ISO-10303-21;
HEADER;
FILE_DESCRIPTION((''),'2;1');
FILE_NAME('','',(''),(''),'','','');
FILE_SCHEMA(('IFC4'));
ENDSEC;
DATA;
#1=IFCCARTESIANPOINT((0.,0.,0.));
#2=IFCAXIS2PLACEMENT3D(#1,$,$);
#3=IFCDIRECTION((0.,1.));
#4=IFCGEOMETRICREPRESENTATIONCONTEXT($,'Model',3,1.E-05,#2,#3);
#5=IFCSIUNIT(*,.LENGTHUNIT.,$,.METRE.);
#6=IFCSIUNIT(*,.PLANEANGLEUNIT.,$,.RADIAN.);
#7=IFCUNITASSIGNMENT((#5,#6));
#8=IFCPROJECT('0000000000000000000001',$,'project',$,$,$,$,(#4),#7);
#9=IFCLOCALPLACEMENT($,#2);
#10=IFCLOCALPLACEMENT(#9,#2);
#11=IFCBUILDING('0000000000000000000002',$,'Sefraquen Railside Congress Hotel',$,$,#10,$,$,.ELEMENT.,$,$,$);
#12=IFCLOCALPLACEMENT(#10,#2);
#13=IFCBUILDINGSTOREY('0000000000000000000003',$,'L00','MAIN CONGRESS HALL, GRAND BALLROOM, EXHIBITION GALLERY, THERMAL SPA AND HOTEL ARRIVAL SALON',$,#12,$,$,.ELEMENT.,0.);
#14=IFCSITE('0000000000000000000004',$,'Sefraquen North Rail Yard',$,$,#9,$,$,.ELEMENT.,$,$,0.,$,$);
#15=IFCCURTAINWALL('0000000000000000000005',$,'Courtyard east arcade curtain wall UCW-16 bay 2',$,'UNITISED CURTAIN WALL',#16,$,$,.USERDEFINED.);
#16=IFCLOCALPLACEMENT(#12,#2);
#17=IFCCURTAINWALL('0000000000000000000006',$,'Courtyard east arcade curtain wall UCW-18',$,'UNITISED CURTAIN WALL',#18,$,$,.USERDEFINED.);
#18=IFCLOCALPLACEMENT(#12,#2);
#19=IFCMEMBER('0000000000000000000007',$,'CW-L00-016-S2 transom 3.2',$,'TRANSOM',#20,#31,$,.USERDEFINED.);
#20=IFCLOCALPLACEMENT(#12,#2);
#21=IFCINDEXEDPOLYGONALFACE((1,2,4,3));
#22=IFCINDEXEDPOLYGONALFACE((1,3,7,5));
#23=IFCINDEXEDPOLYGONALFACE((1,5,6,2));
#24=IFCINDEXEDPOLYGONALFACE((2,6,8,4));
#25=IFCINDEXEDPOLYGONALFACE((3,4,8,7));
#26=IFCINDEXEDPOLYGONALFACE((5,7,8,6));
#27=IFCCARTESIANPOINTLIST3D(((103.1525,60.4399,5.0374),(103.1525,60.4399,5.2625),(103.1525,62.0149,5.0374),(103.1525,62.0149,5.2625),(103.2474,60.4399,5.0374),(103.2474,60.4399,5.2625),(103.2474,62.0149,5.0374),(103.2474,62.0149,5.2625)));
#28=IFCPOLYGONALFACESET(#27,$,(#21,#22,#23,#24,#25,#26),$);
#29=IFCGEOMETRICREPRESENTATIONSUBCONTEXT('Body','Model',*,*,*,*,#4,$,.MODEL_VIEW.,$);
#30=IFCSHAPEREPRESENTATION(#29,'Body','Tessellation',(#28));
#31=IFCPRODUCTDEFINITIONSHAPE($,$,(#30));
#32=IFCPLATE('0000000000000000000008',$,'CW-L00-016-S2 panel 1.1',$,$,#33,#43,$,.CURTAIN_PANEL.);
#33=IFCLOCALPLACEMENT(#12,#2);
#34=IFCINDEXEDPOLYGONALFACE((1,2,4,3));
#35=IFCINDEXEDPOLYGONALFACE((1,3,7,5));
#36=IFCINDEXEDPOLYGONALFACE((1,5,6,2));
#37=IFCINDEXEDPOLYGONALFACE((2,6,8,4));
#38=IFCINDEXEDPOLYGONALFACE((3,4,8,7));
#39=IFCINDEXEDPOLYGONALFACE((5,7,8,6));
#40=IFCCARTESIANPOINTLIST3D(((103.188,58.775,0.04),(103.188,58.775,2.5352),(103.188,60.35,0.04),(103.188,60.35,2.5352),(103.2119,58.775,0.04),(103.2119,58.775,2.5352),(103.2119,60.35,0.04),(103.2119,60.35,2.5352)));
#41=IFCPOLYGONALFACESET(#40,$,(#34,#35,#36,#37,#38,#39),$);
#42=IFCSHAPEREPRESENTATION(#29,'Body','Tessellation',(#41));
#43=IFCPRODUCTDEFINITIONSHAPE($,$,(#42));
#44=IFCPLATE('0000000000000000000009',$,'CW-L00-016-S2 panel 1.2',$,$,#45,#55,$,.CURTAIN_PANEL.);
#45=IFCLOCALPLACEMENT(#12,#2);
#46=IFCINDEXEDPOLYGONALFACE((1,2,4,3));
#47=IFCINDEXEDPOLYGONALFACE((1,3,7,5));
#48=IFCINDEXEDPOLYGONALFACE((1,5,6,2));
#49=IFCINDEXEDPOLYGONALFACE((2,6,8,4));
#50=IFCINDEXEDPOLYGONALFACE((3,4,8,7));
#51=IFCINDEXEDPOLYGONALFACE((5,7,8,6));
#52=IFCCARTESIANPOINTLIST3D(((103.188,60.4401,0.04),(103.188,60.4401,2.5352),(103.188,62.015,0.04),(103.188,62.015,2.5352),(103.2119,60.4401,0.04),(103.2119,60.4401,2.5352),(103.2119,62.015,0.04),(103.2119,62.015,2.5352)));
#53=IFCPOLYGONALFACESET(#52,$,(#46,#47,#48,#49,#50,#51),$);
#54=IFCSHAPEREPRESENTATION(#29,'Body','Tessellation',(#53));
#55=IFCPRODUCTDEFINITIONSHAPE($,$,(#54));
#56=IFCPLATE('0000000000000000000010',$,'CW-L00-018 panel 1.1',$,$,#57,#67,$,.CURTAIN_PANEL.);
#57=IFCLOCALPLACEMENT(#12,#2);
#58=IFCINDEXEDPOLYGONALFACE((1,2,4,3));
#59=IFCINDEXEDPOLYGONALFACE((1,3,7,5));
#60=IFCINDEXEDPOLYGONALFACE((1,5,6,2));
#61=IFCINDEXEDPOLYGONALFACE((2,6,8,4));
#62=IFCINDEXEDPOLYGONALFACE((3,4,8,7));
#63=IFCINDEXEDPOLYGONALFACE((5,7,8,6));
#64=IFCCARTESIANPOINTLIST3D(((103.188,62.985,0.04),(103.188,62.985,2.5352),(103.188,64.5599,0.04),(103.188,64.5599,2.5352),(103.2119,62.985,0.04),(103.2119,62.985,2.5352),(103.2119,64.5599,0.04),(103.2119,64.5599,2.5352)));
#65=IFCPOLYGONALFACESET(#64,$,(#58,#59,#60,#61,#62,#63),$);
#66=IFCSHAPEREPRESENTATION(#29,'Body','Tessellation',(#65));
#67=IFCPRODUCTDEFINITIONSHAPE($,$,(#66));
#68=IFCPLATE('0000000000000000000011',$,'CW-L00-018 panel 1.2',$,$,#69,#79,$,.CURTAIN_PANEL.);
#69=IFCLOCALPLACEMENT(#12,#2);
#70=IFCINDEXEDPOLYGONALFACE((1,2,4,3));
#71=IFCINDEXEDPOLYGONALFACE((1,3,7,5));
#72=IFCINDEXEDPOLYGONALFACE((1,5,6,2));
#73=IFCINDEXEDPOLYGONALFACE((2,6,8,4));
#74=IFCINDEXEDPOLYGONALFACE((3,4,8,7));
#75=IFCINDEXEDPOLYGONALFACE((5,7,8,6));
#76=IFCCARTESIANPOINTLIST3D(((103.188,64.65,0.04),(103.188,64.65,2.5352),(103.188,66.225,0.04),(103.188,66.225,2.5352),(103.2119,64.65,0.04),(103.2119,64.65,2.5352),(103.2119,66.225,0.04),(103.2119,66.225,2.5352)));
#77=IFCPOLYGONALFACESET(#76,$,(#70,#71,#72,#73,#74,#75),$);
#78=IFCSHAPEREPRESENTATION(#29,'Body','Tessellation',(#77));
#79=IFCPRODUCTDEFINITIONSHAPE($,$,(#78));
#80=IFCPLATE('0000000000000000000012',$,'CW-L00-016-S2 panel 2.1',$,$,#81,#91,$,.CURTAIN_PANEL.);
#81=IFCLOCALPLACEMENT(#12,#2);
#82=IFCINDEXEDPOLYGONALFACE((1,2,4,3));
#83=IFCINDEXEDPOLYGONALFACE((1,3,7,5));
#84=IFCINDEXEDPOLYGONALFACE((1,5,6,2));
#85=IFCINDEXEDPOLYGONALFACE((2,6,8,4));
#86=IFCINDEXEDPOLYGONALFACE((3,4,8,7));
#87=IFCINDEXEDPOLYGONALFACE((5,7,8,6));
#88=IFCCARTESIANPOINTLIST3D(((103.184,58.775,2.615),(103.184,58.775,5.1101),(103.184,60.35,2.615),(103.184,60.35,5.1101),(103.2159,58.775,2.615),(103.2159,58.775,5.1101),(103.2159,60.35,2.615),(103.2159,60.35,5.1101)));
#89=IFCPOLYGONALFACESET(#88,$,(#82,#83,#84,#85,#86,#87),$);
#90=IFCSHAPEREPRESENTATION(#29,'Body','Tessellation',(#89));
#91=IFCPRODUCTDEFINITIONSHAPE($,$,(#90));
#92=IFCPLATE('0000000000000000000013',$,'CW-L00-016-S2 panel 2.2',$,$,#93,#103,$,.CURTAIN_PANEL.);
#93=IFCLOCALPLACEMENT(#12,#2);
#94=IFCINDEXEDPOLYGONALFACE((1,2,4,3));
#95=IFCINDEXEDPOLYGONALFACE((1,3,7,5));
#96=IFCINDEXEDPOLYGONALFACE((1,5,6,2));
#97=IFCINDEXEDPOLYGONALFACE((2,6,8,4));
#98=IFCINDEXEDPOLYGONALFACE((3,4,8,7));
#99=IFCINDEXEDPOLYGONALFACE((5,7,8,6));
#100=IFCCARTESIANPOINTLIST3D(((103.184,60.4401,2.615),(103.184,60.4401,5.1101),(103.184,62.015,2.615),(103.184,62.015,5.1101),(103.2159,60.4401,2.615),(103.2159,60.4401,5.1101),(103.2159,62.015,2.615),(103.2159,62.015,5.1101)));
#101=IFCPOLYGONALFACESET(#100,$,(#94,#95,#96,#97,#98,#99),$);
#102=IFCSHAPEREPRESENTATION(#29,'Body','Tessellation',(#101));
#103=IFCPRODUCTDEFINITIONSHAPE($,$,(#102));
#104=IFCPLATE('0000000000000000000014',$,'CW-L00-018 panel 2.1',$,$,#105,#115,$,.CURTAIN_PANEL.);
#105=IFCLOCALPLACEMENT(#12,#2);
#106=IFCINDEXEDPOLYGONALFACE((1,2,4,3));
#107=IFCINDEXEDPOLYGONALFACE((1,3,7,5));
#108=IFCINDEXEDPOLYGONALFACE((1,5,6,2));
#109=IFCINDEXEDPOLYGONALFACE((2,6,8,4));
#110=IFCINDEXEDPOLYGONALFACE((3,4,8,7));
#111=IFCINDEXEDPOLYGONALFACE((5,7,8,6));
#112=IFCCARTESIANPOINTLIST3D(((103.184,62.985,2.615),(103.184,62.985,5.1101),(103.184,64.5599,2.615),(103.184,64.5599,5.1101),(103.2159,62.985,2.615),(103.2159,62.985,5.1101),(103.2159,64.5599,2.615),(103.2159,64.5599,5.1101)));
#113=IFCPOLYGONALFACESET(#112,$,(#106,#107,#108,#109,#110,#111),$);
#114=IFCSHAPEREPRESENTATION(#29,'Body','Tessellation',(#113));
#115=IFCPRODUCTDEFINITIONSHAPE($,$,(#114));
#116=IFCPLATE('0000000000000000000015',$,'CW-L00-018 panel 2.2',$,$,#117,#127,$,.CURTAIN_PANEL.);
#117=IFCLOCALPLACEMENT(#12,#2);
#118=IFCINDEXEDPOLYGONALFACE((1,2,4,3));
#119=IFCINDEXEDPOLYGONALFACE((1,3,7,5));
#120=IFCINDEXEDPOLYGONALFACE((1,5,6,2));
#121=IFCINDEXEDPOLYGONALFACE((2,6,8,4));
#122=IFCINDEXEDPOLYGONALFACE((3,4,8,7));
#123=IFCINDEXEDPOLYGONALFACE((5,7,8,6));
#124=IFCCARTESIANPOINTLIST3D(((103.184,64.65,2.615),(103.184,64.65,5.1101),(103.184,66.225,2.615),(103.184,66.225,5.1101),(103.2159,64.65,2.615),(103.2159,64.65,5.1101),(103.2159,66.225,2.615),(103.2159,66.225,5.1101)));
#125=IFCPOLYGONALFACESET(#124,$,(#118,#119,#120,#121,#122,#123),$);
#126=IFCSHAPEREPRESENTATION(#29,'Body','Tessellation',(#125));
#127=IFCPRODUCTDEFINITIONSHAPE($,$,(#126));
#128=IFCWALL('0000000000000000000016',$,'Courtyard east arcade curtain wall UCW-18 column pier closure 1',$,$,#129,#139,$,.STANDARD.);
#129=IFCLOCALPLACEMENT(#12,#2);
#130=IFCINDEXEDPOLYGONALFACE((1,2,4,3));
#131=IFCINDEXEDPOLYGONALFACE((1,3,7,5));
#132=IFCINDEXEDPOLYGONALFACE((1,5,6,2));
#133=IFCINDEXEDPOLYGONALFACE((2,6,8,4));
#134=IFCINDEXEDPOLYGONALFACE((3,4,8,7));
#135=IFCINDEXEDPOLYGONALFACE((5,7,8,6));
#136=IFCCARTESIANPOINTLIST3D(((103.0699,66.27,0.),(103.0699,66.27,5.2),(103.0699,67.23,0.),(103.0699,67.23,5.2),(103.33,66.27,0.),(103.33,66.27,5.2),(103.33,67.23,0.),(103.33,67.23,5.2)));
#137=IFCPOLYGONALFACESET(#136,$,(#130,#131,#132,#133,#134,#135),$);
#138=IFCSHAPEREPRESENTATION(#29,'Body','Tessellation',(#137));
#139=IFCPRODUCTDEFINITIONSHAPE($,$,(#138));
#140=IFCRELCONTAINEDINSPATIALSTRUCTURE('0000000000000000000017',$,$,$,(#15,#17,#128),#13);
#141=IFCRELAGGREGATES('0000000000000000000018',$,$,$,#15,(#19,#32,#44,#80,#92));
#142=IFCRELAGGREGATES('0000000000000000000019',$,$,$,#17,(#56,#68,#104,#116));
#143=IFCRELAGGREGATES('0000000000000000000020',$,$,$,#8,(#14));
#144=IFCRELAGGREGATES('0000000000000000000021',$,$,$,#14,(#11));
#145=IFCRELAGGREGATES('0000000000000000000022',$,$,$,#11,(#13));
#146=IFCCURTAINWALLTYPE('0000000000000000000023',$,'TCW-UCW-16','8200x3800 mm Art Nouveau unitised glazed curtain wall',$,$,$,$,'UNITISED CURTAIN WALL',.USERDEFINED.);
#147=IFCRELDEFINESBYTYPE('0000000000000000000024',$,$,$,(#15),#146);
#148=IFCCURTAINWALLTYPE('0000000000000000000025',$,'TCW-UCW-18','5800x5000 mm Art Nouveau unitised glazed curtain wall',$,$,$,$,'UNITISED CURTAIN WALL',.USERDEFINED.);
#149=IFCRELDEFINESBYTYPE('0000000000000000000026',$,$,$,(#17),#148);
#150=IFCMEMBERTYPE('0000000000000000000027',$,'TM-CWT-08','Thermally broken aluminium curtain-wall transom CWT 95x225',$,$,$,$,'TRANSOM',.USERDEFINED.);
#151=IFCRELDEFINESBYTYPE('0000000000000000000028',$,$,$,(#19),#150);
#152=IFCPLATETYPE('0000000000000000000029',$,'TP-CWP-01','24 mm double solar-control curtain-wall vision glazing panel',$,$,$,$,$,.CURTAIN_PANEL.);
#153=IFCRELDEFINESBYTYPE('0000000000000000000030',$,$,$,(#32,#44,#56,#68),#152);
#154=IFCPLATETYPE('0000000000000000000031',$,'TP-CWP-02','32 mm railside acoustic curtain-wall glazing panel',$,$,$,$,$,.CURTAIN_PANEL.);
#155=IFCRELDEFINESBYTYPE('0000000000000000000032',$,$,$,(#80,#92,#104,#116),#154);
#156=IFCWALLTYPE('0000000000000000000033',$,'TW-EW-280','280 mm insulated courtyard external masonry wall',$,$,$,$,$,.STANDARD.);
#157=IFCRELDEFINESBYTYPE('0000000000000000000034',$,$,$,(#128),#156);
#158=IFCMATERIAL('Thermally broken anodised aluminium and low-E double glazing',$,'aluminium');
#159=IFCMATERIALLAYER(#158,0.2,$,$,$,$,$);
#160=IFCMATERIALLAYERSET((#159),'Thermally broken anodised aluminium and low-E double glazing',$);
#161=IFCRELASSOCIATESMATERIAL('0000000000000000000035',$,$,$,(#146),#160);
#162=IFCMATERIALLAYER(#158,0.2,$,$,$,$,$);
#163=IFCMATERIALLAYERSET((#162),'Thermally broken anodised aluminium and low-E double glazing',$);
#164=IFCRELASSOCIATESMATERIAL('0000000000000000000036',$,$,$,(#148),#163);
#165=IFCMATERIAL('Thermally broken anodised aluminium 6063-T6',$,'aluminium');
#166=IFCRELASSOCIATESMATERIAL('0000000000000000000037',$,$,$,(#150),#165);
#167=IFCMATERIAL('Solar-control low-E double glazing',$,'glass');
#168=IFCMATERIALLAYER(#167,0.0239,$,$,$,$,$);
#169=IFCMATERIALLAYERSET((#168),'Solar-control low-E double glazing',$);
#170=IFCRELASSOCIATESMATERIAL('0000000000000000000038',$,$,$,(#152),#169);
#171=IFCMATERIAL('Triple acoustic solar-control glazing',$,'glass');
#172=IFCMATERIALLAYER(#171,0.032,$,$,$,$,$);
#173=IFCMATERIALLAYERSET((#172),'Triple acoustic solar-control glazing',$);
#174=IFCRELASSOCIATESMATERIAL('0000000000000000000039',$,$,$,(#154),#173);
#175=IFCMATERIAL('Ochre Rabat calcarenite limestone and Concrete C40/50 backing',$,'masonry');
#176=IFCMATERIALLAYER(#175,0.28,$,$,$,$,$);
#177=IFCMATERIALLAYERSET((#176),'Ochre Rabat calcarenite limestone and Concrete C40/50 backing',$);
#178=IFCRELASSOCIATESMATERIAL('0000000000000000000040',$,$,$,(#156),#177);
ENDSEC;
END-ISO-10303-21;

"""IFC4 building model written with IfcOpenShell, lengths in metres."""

from ifc_helpers import new_model, si_unit, direction, frame, frame_2d, origin, origin_2d, place, context, subcontext, project, spatial, rectangle, extrude, material, layer, layer_set, material_profile, profile_set, type_object, element, aggregate, save


model = new_model("IFC4")

# Units and contexts
model_context = context("Model", 3, precision=1e-05, world=origin(), true_north=direction((0.0, 1.0)))
body_context = subcontext(model_context, "Body", "Model", "MODEL_VIEW")
ifc_project = project(units=[si_unit("LENGTHUNIT", "METRE"), si_unit("PLANEANGLEUNIT", "RADIAN")], contexts=[model_context])

# Site, building, storey
site_placement = place(None, origin())
site = spatial("IfcSite", under=ifc_project, at=site_placement, Name="Sefraquen North Rail Yard", CompositionType="ELEMENT", RefElevation=0.0)
building_placement = place(site_placement, origin())
building = spatial("IfcBuilding", under=site, at=building_placement, Name="Sefraquen Railside Congress Hotel", CompositionType="ELEMENT")
storey_placement = place(building_placement, origin())
storey = spatial("IfcBuildingStorey", under=building, at=storey_placement, Name="L00", Description="MAIN CONGRESS HALL, GRAND BALLROOM, EXHIBITION GALLERY, THERMAL SPA AND HOTEL ARRIVAL SALON", CompositionType="ELEMENT", Elevation=0.0)

# Curtain walls
ifc_material_1 = material(Name="Thermally broken anodised aluminium and low-E double glazing", Category="aluminium")
ifc_layer_1 = layer(ifc_material_1, 0.2)
ifc_layer_set_1 = layer_set([ifc_layer_1], Name="Thermally broken anodised aluminium and low-E double glazing")
curtain_wall_type_1 = type_object("IfcCurtainWallType", Name="TCW-UCW-16", Description="8200x3800 mm Art Nouveau unitised glazed curtain wall", ElementType="UNITISED CURTAIN WALL", PredefinedType="USERDEFINED", material=ifc_layer_set_1)
curtain_wall_1_placement = place(storey_placement, origin())
curtain_wall_1 = element("IfcCurtainWall", 1, at=curtain_wall_1_placement, inside=storey, type_object=curtain_wall_type_1, Name="Courtyard east arcade curtain wall UCW-16 bay 2", ObjectType="UNITISED CURTAIN WALL", PredefinedType="USERDEFINED")
ifc_material_2 = material(Name="Thermally broken anodised aluminium 6063-T6", Category="aluminium")
ifc_layer_2 = layer(ifc_material_1, 0.2)
ifc_layer_set_2 = layer_set([ifc_layer_2], Name="Thermally broken anodised aluminium and low-E double glazing")
curtain_wall_type_2 = type_object("IfcCurtainWallType", Name="TCW-UCW-18", Description="5800x5000 mm Art Nouveau unitised glazed curtain wall", ElementType="UNITISED CURTAIN WALL", PredefinedType="USERDEFINED", material=ifc_layer_set_2)
curtain_wall_2_placement = place(storey_placement, origin())
curtain_wall_2 = element("IfcCurtainWall", 2, at=curtain_wall_2_placement, inside=storey, type_object=curtain_wall_type_2, Name="Courtyard east arcade curtain wall UCW-18", ObjectType="UNITISED CURTAIN WALL", PredefinedType="USERDEFINED")

# Member
ifc_material_profile_1 = material_profile(ifc_material_2, rectangle(XDim=0.095, YDim=0.2251, at=origin_2d()), Name="CWT 95x225")
ifc_profile_set_1 = profile_set([ifc_material_profile_1], Name="Thermally broken anodised aluminium 6063-T6")
member_type_1 = type_object("IfcMemberType", Name="TM-CWT-08", Description="Thermally broken aluminium curtain-wall transom CWT 95x225", ElementType="TRANSOM", PredefinedType="USERDEFINED", material=ifc_profile_set_1)
member_1_placement = place(storey_placement, frame((103.2, 60.4399, 5.1499), z_axis=(0.0, 1.0, 0.0), x_axis=(-1.0, 0.0, 0.0)))
member_1 = element("IfcMember", 3, at=member_1_placement, type_object=member_type_1, Name="CW-L00-016-S2 transom 3.2", ObjectType="TRANSOM", PredefinedType="USERDEFINED", context=body_context, shape_type="SweptSolid", body=[
    extrude(rectangle(XDim=0.095, YDim=0.2251, at=origin_2d()), origin(), (0.0, 0.0, 1.0), 1.575),
])

# Plates
ifc_material_3 = material(Name="Solar-control low-E double glazing", Category="glass")
ifc_layer_3 = layer(ifc_material_3, 0.0239)
ifc_layer_set_3 = layer_set([ifc_layer_3], Name="Solar-control low-E double glazing")
plate_type_1 = type_object("IfcPlateType", Name="TP-CWP-01", Description="24 mm double solar-control curtain-wall vision glazing panel", PredefinedType="CURTAIN_PANEL", material=ifc_layer_set_3)
plate_1_placement = place(storey_placement, frame((103.2, 59.5625, 0.04), z_axis=(0.0, 0.0, 1.0), x_axis=(0.0, 1.0, 0.0)))
plate_1 = element("IfcPlate", 4, at=plate_1_placement, type_object=plate_type_1, Name="CW-L00-016-S2 panel 1.1", PredefinedType="CURTAIN_PANEL", context=body_context, shape_type="SweptSolid", body=[
    extrude(rectangle(XDim=1.575, YDim=0.0239, at=origin_2d()), origin(), (0.0, 0.0, 1.0), 2.4951),
])
plate_2_placement = place(storey_placement, frame((103.2, 61.2275, 0.04), z_axis=(0.0, 0.0, 1.0), x_axis=(0.0, 1.0, 0.0)))
plate_2 = element("IfcPlate", 5, at=plate_2_placement, type_object=plate_type_1, Name="CW-L00-016-S2 panel 1.2", PredefinedType="CURTAIN_PANEL", context=body_context, shape_type="SweptSolid", body=[
    extrude(rectangle(XDim=1.575, YDim=0.0239, at=origin_2d()), origin(), (0.0, 0.0, 1.0), 2.4951),
])
plate_3_placement = place(storey_placement, frame((103.2, 63.7725, 0.04), z_axis=(0.0, 0.0, 1.0), x_axis=(0.0, 1.0, 0.0)))
plate_3 = element("IfcPlate", 6, at=plate_3_placement, type_object=plate_type_1, Name="CW-L00-018 panel 1.1", PredefinedType="CURTAIN_PANEL", context=body_context, shape_type="SweptSolid", body=[
    extrude(rectangle(XDim=1.575, YDim=0.0239, at=origin_2d()), origin(), (0.0, 0.0, 1.0), 2.4951),
])
plate_4_placement = place(storey_placement, frame((103.2, 65.4375, 0.04), z_axis=(0.0, 0.0, 1.0), x_axis=(0.0, 1.0, 0.0)))
plate_4 = element("IfcPlate", 7, at=plate_4_placement, type_object=plate_type_1, Name="CW-L00-018 panel 1.2", PredefinedType="CURTAIN_PANEL", context=body_context, shape_type="SweptSolid", body=[
    extrude(rectangle(XDim=1.575, YDim=0.0239, at=origin_2d()), origin(), (0.0, 0.0, 1.0), 2.4951),
])
ifc_material_4 = material(Name="Triple acoustic solar-control glazing", Category="glass")
ifc_layer_4 = layer(ifc_material_4, 0.032)
ifc_layer_set_4 = layer_set([ifc_layer_4], Name="Triple acoustic solar-control glazing")
plate_type_2 = type_object("IfcPlateType", Name="TP-CWP-02", Description="32 mm railside acoustic curtain-wall glazing panel", PredefinedType="CURTAIN_PANEL", material=ifc_layer_set_4)
plate_5_placement = place(storey_placement, frame((103.2, 59.5625, 2.615), z_axis=(0.0, 0.0, 1.0), x_axis=(0.0, 1.0, 0.0)))
plate_5 = element("IfcPlate", 8, at=plate_5_placement, type_object=plate_type_2, Name="CW-L00-016-S2 panel 2.1", PredefinedType="CURTAIN_PANEL", context=body_context, shape_type="SweptSolid", body=[
    extrude(rectangle(XDim=1.575, YDim=0.032, at=origin_2d()), origin(), (0.0, 0.0, 1.0), 2.4951),
])
plate_6_placement = place(storey_placement, frame((103.2, 61.2275, 2.615), z_axis=(0.0, 0.0, 1.0), x_axis=(0.0, 1.0, 0.0)))
plate_6 = element("IfcPlate", 9, at=plate_6_placement, type_object=plate_type_2, Name="CW-L00-016-S2 panel 2.2", PredefinedType="CURTAIN_PANEL", context=body_context, shape_type="SweptSolid", body=[
    extrude(rectangle(XDim=1.575, YDim=0.032, at=origin_2d()), origin(), (0.0, 0.0, 1.0), 2.4951),
])
aggregate(curtain_wall_1, [member_1, plate_1, plate_2, plate_5, plate_6])
plate_7_placement = place(storey_placement, frame((103.2, 63.7725, 2.615), z_axis=(0.0, 0.0, 1.0), x_axis=(0.0, 1.0, 0.0)))
plate_7 = element("IfcPlate", 10, at=plate_7_placement, type_object=plate_type_2, Name="CW-L00-018 panel 2.1", PredefinedType="CURTAIN_PANEL", context=body_context, shape_type="SweptSolid", body=[
    extrude(rectangle(XDim=1.575, YDim=0.032, at=origin_2d()), origin(), (0.0, 0.0, 1.0), 2.4951),
])
plate_8_placement = place(storey_placement, frame((103.2, 65.4375, 2.615), z_axis=(0.0, 0.0, 1.0), x_axis=(0.0, 1.0, 0.0)))
plate_8 = element("IfcPlate", 11, at=plate_8_placement, type_object=plate_type_2, Name="CW-L00-018 panel 2.2", PredefinedType="CURTAIN_PANEL", context=body_context, shape_type="SweptSolid", body=[
    extrude(rectangle(XDim=1.575, YDim=0.032, at=origin_2d()), origin(), (0.0, 0.0, 1.0), 2.4951),
])
aggregate(curtain_wall_2, [plate_3, plate_4, plate_7, plate_8])

# Wall
ifc_material_5 = material(Name="Ochre Rabat calcarenite limestone and Concrete C40/50 backing", Category="masonry")
ifc_layer_5 = layer(ifc_material_5, 0.28)
ifc_layer_set_5 = layer_set([ifc_layer_5], Name="Ochre Rabat calcarenite limestone and Concrete C40/50 backing")
wall_type = type_object("IfcWallType", Name="TW-EW-280", Description="280 mm insulated courtyard external masonry wall", PredefinedType="STANDARD", material=ifc_layer_set_5)
wall_placement = place(storey_placement, frame((103.2, 66.27, 0.0), z_axis=(0.0, 0.0, 1.0), x_axis=(0.0, 1.0, 0.0)))
element("IfcWall", 12, at=wall_placement, inside=storey, type_object=wall_type, Name="Courtyard east arcade curtain wall UCW-18 column pier closure 1", PredefinedType="STANDARD", context=body_context, shape_type="SweptSolid", body=[
    extrude(rectangle(XDim=0.96, YDim=0.26, at=frame_2d((0.48, 0.0))), origin(), (0.0, 0.0, 1.0), 5.2),
])

save(model, "model.ifc")
